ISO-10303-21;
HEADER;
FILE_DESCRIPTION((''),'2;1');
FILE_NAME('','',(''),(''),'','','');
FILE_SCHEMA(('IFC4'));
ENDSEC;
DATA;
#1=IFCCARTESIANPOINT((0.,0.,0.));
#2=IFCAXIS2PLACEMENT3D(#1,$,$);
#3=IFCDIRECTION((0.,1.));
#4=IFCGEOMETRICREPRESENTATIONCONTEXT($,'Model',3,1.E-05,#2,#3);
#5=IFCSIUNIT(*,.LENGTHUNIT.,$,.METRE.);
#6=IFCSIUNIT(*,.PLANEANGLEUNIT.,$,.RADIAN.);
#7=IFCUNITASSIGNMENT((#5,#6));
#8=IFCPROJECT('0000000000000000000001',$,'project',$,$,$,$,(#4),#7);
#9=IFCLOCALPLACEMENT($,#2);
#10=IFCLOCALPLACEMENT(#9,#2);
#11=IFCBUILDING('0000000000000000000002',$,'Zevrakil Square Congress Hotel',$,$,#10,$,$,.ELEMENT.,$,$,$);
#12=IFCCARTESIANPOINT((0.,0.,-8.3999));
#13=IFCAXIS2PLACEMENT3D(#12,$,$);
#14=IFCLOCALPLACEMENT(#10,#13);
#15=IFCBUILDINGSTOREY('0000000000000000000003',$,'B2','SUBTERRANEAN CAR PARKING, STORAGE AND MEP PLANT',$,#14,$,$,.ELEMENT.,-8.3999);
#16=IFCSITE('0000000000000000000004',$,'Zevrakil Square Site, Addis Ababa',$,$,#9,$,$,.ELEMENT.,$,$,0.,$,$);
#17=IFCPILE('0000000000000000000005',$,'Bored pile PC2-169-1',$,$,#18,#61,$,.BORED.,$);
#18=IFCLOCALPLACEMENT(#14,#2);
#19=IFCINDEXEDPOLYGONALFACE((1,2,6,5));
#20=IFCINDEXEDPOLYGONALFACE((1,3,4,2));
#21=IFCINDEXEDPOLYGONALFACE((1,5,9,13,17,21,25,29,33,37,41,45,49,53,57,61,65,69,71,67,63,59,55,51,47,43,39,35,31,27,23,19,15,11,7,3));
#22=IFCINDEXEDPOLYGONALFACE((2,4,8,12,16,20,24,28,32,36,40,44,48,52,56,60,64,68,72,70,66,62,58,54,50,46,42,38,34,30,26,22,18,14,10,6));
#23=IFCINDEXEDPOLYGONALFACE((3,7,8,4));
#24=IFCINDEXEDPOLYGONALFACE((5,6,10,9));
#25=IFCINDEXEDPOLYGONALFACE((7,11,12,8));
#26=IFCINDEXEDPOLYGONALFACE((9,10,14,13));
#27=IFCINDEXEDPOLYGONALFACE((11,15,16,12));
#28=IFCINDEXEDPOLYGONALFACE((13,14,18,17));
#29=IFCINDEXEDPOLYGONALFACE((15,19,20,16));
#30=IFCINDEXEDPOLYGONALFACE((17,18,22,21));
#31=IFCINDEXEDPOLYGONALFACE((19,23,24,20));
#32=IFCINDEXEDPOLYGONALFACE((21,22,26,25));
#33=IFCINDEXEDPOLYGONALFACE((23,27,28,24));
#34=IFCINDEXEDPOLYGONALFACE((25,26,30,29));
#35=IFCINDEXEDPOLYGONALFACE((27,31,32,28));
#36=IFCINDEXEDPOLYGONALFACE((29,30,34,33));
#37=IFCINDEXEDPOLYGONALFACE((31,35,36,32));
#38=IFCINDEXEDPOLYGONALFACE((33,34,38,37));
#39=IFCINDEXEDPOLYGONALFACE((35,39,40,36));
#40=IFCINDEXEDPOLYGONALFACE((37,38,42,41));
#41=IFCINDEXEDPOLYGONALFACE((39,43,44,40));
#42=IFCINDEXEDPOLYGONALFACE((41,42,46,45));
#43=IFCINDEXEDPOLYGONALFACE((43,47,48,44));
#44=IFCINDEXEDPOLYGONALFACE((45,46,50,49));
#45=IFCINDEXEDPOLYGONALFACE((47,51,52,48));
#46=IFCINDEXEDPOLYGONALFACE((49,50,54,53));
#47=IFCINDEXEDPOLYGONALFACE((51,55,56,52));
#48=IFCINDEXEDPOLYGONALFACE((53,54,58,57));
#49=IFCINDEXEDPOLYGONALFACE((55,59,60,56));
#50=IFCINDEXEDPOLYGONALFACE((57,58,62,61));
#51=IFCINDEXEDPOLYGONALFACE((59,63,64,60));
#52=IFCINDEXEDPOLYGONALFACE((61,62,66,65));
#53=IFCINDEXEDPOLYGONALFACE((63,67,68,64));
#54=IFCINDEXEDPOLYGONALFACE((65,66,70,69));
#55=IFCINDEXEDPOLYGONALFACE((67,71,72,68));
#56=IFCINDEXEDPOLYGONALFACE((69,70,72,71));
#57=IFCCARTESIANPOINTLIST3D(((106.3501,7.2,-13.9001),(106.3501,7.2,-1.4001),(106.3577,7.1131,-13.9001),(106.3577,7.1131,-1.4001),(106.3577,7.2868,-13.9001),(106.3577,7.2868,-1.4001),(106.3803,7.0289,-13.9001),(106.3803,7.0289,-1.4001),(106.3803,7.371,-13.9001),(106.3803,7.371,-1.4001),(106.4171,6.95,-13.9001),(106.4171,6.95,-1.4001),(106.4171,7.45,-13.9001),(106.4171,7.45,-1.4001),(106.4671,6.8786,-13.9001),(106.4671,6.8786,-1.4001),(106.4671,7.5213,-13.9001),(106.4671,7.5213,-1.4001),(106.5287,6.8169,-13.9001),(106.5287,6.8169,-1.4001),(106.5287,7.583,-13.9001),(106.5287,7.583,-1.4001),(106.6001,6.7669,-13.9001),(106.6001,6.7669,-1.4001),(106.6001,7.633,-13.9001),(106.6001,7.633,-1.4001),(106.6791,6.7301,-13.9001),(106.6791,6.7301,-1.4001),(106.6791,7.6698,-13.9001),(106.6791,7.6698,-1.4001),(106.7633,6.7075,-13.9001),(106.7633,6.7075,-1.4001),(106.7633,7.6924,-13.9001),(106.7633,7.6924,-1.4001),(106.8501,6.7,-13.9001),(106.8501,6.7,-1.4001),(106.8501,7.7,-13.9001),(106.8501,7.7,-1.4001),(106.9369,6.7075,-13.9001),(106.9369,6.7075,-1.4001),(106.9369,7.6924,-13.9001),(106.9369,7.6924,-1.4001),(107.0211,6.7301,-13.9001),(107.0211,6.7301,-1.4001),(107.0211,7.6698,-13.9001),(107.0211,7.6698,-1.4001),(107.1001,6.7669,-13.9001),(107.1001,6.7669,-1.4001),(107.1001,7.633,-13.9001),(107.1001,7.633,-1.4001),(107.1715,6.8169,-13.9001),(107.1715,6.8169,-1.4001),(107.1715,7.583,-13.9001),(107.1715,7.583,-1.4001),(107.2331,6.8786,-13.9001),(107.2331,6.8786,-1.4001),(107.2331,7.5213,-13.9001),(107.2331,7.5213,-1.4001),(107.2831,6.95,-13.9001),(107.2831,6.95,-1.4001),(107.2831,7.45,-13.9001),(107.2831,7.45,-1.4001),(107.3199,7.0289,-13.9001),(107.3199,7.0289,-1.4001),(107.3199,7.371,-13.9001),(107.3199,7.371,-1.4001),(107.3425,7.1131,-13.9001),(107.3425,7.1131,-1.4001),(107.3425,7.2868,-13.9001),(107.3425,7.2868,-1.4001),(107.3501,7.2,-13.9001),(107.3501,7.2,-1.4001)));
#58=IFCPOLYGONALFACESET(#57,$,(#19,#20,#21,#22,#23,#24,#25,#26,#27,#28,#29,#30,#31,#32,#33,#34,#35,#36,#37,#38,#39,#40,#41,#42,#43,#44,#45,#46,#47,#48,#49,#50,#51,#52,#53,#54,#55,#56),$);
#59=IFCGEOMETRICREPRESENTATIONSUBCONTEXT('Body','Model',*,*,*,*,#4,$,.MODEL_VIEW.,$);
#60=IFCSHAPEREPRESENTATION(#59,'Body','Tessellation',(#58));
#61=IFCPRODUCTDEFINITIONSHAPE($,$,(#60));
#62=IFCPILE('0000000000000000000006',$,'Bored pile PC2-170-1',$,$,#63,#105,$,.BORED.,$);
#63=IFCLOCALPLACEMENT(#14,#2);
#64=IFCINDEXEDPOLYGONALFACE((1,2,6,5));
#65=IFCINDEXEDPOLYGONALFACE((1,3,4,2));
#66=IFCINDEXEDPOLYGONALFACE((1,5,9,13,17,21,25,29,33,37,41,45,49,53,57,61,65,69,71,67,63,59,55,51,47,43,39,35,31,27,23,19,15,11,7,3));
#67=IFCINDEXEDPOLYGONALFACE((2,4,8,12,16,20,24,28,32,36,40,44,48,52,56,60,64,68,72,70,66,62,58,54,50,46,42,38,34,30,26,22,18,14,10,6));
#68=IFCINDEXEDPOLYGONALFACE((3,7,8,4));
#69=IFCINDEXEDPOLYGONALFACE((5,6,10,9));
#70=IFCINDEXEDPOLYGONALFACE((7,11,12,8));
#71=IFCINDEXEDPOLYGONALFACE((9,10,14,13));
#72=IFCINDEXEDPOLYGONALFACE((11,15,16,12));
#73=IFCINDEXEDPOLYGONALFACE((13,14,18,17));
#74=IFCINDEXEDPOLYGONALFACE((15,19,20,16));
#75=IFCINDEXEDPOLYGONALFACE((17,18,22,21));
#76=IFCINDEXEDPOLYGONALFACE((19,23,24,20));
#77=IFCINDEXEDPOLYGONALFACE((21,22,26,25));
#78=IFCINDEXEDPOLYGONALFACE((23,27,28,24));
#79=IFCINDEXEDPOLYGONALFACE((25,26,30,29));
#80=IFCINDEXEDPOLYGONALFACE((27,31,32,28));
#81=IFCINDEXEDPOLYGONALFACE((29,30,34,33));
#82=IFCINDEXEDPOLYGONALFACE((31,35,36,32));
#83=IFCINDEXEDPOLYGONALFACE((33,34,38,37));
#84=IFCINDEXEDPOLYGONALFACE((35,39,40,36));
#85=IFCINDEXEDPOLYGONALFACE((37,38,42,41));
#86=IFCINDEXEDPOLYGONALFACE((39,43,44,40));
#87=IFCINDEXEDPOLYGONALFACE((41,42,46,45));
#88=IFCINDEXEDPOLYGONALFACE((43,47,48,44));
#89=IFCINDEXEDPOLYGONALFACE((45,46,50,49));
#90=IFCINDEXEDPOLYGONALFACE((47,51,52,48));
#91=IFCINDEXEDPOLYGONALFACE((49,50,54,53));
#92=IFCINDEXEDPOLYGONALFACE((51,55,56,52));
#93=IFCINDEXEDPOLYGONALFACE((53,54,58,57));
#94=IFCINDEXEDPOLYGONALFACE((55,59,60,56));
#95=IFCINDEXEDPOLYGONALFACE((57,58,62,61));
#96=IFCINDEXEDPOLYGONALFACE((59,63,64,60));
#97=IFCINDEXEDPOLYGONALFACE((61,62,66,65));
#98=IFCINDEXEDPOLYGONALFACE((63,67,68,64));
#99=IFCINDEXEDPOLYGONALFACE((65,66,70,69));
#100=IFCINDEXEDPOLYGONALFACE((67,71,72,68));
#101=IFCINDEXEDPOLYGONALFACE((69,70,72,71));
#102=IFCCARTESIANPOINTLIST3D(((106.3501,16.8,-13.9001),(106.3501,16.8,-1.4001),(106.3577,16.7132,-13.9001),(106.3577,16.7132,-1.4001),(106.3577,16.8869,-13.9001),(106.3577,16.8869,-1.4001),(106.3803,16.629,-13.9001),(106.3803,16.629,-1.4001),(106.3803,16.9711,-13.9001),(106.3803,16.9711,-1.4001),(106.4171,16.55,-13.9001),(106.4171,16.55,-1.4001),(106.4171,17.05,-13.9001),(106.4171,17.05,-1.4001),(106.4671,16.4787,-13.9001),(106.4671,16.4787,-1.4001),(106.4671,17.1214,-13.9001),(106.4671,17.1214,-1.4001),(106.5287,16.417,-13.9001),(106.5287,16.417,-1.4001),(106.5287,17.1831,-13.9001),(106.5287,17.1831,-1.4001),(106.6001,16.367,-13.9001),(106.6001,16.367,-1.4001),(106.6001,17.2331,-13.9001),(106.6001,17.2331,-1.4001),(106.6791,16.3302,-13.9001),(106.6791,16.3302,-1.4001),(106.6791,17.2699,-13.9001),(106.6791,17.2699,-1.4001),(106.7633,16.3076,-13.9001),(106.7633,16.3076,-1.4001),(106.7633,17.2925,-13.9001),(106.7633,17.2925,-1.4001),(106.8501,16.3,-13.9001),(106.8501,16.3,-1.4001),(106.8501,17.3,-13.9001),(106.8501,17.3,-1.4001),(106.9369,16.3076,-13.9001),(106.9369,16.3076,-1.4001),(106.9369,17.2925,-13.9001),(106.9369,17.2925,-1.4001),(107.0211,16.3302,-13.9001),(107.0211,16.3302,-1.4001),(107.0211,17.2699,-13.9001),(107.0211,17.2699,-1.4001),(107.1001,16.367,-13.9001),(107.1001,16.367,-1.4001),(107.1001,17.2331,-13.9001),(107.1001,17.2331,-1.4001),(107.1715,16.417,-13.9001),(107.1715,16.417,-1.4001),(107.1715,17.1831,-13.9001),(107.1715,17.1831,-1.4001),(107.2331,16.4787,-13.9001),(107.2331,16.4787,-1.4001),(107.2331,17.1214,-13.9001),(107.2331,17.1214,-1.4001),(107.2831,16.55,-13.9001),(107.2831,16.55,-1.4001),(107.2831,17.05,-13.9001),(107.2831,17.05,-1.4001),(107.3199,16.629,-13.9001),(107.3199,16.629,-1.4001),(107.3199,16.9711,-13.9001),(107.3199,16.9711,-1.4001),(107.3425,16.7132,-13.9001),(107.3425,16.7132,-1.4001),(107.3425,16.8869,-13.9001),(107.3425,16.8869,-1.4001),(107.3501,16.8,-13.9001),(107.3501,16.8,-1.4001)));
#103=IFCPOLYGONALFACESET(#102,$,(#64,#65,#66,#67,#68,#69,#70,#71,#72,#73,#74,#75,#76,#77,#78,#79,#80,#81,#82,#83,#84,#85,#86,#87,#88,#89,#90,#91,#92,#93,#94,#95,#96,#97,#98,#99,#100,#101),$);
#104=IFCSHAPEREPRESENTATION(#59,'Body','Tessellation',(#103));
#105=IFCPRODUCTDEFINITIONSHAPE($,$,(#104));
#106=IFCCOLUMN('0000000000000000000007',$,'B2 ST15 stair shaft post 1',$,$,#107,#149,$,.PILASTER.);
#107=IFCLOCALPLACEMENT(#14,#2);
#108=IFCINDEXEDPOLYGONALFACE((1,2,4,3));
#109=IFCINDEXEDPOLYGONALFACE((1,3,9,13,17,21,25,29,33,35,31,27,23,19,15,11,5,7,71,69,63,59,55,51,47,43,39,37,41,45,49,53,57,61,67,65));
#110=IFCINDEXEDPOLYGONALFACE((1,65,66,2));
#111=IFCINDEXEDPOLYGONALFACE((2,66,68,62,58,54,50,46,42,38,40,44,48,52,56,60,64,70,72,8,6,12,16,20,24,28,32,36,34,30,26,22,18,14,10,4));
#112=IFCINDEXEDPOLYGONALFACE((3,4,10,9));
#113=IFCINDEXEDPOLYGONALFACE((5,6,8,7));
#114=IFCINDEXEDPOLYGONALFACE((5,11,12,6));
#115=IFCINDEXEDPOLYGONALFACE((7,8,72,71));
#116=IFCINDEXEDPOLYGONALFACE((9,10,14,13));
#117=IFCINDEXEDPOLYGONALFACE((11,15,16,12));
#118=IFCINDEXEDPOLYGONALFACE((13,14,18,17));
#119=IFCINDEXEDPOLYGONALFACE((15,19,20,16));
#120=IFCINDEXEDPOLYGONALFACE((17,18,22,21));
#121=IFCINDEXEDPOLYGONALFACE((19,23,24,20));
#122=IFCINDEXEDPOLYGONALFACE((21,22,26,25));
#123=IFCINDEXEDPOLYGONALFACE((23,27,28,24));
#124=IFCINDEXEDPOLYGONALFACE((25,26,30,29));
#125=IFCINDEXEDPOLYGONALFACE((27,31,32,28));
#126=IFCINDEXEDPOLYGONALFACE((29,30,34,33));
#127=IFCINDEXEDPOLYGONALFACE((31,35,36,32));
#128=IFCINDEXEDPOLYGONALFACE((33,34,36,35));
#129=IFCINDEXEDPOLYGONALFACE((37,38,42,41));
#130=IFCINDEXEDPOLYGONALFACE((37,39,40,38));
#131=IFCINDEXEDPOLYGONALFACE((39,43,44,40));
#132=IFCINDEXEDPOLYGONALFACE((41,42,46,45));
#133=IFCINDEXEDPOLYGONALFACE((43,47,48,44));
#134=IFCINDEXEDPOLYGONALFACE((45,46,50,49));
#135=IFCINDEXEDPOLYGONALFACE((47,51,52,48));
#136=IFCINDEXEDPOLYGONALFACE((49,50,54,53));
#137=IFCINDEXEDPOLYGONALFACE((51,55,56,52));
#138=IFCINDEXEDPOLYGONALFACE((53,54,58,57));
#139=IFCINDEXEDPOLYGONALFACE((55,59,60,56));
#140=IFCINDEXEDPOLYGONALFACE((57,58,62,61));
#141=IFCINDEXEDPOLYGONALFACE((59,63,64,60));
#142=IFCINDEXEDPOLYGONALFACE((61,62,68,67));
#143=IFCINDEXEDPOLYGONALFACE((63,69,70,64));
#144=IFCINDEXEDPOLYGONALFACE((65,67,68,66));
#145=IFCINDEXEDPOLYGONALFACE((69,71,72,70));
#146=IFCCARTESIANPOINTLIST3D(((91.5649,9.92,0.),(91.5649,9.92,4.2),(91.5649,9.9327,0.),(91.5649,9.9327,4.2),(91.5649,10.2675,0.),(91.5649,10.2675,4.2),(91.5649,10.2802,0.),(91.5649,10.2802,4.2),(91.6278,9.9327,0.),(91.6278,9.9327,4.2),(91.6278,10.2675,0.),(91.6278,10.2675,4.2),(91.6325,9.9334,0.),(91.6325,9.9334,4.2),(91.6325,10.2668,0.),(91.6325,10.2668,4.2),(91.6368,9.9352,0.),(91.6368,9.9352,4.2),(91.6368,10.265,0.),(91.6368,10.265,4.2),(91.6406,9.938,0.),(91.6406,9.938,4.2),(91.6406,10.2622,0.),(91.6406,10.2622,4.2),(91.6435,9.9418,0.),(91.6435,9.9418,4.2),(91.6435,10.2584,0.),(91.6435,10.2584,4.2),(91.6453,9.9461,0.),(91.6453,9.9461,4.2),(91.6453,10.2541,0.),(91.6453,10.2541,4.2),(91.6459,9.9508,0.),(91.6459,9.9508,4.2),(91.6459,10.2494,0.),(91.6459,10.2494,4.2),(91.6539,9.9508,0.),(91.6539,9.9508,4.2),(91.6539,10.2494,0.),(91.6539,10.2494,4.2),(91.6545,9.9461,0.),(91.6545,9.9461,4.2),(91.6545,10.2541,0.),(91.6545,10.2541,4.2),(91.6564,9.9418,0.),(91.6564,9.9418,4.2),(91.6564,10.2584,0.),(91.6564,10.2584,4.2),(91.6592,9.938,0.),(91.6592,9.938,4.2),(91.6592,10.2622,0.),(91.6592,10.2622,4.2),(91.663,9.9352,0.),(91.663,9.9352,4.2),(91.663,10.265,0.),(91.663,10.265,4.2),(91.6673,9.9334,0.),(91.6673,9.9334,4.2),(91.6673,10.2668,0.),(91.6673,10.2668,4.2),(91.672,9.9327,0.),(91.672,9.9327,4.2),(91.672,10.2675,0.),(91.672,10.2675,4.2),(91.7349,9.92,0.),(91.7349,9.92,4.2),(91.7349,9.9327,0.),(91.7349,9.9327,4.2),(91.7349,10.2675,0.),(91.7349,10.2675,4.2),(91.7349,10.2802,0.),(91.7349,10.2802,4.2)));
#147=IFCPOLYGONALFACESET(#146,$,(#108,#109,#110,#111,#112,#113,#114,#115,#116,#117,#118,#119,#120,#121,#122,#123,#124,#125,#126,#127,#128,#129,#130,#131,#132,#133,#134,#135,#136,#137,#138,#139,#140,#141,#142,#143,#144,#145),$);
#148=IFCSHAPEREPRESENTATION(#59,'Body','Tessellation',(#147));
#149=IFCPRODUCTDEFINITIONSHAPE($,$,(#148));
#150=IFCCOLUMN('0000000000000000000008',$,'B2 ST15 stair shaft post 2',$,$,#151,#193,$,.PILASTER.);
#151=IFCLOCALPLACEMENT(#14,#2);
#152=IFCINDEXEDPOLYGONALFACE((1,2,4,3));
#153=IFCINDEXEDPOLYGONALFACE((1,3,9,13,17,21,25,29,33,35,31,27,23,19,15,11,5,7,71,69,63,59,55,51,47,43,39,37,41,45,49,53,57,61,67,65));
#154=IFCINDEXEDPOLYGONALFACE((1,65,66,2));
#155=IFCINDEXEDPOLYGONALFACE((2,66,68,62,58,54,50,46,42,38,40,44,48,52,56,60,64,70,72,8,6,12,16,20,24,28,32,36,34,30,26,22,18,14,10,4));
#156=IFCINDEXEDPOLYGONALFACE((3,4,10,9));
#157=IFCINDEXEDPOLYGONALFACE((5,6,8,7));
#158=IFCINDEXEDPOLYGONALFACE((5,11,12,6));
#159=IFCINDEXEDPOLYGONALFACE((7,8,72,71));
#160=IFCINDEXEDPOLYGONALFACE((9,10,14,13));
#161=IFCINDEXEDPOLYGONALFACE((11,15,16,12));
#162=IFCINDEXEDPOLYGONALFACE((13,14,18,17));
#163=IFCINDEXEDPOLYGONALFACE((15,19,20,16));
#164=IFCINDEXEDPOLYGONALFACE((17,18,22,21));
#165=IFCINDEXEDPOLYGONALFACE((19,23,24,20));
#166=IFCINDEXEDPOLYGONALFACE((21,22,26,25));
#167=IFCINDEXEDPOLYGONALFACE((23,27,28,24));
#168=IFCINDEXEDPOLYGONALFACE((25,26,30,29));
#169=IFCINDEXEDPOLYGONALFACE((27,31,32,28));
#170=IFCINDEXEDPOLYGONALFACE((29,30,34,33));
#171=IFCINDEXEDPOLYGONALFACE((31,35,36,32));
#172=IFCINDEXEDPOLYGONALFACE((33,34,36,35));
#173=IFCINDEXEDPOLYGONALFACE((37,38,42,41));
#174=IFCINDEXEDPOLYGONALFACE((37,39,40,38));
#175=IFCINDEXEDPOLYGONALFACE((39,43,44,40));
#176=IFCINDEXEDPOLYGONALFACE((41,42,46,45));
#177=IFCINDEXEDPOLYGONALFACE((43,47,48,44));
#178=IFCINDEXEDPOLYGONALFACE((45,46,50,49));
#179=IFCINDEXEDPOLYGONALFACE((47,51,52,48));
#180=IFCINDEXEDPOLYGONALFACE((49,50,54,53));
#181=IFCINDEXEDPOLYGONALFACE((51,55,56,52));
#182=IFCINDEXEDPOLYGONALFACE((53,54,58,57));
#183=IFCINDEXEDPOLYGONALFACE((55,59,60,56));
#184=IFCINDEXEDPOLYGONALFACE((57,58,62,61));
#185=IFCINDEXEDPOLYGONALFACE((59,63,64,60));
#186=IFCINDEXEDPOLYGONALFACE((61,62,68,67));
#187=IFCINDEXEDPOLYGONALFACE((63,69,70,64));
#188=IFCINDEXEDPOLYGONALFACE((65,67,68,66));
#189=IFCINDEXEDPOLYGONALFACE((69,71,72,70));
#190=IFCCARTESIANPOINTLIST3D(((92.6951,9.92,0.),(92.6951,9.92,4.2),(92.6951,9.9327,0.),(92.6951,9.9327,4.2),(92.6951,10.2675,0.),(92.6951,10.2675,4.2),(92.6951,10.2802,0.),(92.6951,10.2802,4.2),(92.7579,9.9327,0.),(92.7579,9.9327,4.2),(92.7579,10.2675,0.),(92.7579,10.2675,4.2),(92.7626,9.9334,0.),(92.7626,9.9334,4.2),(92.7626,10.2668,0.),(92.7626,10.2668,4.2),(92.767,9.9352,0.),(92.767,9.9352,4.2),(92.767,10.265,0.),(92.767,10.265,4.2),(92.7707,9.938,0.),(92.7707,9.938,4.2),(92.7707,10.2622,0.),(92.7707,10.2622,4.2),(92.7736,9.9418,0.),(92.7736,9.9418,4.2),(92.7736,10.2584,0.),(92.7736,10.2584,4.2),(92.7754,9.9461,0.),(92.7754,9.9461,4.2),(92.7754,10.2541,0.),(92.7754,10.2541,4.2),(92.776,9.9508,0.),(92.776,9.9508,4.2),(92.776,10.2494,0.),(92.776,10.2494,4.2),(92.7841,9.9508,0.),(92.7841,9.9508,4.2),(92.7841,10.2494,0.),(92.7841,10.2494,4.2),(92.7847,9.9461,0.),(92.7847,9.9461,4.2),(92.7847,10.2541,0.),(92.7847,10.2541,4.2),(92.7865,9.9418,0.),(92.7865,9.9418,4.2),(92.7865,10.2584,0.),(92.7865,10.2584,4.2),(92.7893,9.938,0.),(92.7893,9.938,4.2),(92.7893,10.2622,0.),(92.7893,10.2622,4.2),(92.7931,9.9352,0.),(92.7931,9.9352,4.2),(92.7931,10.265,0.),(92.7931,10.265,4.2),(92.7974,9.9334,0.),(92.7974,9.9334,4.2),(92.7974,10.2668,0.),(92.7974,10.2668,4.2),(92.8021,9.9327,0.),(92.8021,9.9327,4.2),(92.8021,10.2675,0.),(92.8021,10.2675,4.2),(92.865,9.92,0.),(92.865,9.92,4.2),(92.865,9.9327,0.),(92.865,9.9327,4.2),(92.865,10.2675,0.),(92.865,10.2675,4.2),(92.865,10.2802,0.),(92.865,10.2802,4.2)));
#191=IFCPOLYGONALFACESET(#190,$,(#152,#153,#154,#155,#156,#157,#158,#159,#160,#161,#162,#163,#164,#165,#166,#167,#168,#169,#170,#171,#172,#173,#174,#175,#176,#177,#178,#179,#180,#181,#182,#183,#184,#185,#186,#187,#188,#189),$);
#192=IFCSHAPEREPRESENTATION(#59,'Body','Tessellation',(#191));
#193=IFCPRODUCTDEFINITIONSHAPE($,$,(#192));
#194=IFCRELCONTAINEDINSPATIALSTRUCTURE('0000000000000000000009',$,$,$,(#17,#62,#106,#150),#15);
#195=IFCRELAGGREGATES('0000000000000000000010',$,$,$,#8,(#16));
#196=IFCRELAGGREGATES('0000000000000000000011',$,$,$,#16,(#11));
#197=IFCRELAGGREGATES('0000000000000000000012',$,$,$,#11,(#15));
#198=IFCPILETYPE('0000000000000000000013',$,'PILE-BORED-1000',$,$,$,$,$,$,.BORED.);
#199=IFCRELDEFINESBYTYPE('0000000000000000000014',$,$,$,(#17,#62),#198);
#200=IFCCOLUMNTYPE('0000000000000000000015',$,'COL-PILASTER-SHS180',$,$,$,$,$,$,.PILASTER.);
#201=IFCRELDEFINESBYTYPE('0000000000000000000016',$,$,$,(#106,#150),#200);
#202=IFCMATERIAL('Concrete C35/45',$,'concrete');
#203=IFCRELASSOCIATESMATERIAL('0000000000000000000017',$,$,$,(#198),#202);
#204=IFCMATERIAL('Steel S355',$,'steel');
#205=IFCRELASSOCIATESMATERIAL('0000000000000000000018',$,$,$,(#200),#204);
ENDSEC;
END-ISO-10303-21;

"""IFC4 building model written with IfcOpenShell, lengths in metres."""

from ifc_helpers import new_model, si_unit, direction, frame, origin, origin_2d, place, context, subcontext, project, spatial, circle, i_section, extrude, material, material_profile, profile_set, type_object, element, save


model = new_model("IFC4")

# Units and contexts
model_context = context("Model", 3, precision=1e-05, world=origin(), true_north=direction((0.0, 1.0)))
body_context = subcontext(model_context, "Body", "Model", "MODEL_VIEW")
ifc_project = project(units=[si_unit("LENGTHUNIT", "METRE"), si_unit("PLANEANGLEUNIT", "RADIAN")], contexts=[model_context])

# Site, building, storey
site_placement = place(None, origin())
site = spatial("IfcSite", under=ifc_project, at=site_placement, Name="Zevrakil Square Site, Addis Ababa", CompositionType="ELEMENT", RefElevation=0.0)
building_placement = place(site_placement, origin())
building = spatial("IfcBuilding", under=site, at=building_placement, Name="Zevrakil Square Congress Hotel", CompositionType="ELEMENT")
storey_placement = place(building_placement, frame((0.0, 0.0, -8.3999)))
storey = spatial("IfcBuildingStorey", under=building, at=storey_placement, Name="B2", Description="SUBTERRANEAN CAR PARKING, STORAGE AND MEP PLANT", CompositionType="ELEMENT", Elevation=-8.3999)

# Piles
ifc_material_1 = material(Name="Concrete C35/45", Category="concrete")
ifc_material_profile_1 = material_profile(ifc_material_1, circle(Radius=0.5, at=origin_2d()), Name="PILE D1000")
ifc_profile_set_1 = profile_set([ifc_material_profile_1], Name="Concrete C35/45")
pile_type = type_object("IfcPileType", Name="PILE-BORED-1000", PredefinedType="BORED", material=ifc_profile_set_1)
for number, where, z_axis, x_axis, name in (
    (1, (106.8501, 7.2, -1.4001), (0.0, 0.0, -1.0), (1.0, 0.0, 0.0), "Bored pile PC2-169-1"),
    (2, (106.8501, 16.8, -1.4001), (0.0, 0.0, -1.0), (1.0, 0.0, 0.0), "Bored pile PC2-170-1"),
):
    element("IfcPile", number, at=place(storey_placement, frame(where, z_axis=z_axis, x_axis=x_axis)), inside=storey, type_object=pile_type, Name=name, PredefinedType="BORED", context=body_context, shape_type="SweptSolid", body=[
        extrude(circle(Radius=0.5, at=origin_2d()), origin(), (0.0, 0.0, 1.0), 12.5),
    ])

# Columns
ifc_material_2 = material(Name="Steel S355", Category="steel")
ifc_material_profile_2 = material_profile(ifc_material_2, i_section(OverallWidth=0.1699, OverallDepth=0.3601, WebThickness=0.0081, FlangeThickness=0.0127, FilletRadius=0.0181, at=origin_2d()), Name="IPE 360")
ifc_profile_set_2 = profile_set([ifc_material_profile_2], Name="Steel S355")
column_type_1 = type_object("IfcColumnType", Name="COL-PILASTER-SHS180", PredefinedType="PILASTER", material=ifc_profile_set_2)
for number, where, z_axis, x_axis, name in (
    (3, (91.6499, 10.1001, 0.0), (0.0, 0.0, 1.0), (1.0, 0.0, 0.0), "B2 ST15 stair shaft post 1"),
    (4, (92.78, 10.1001, 0.0), (0.0, 0.0, 1.0), (1.0, 0.0, 0.0), "B2 ST15 stair shaft post 2"),
):
    element("IfcColumn", number, at=place(storey_placement, frame(where, z_axis=z_axis, x_axis=x_axis)), inside=storey, type_object=column_type_1, Name=name, PredefinedType="PILASTER", context=body_context, shape_type="SweptSolid", body=[
        extrude(i_section(OverallWidth=0.1699, OverallDepth=0.3601, WebThickness=0.0081, FlangeThickness=0.0127, FilletRadius=0.0181, at=origin_2d()), origin(), (0.0, 0.0, 1.0), 4.2),
    ])

save(model, "model.ifc")
